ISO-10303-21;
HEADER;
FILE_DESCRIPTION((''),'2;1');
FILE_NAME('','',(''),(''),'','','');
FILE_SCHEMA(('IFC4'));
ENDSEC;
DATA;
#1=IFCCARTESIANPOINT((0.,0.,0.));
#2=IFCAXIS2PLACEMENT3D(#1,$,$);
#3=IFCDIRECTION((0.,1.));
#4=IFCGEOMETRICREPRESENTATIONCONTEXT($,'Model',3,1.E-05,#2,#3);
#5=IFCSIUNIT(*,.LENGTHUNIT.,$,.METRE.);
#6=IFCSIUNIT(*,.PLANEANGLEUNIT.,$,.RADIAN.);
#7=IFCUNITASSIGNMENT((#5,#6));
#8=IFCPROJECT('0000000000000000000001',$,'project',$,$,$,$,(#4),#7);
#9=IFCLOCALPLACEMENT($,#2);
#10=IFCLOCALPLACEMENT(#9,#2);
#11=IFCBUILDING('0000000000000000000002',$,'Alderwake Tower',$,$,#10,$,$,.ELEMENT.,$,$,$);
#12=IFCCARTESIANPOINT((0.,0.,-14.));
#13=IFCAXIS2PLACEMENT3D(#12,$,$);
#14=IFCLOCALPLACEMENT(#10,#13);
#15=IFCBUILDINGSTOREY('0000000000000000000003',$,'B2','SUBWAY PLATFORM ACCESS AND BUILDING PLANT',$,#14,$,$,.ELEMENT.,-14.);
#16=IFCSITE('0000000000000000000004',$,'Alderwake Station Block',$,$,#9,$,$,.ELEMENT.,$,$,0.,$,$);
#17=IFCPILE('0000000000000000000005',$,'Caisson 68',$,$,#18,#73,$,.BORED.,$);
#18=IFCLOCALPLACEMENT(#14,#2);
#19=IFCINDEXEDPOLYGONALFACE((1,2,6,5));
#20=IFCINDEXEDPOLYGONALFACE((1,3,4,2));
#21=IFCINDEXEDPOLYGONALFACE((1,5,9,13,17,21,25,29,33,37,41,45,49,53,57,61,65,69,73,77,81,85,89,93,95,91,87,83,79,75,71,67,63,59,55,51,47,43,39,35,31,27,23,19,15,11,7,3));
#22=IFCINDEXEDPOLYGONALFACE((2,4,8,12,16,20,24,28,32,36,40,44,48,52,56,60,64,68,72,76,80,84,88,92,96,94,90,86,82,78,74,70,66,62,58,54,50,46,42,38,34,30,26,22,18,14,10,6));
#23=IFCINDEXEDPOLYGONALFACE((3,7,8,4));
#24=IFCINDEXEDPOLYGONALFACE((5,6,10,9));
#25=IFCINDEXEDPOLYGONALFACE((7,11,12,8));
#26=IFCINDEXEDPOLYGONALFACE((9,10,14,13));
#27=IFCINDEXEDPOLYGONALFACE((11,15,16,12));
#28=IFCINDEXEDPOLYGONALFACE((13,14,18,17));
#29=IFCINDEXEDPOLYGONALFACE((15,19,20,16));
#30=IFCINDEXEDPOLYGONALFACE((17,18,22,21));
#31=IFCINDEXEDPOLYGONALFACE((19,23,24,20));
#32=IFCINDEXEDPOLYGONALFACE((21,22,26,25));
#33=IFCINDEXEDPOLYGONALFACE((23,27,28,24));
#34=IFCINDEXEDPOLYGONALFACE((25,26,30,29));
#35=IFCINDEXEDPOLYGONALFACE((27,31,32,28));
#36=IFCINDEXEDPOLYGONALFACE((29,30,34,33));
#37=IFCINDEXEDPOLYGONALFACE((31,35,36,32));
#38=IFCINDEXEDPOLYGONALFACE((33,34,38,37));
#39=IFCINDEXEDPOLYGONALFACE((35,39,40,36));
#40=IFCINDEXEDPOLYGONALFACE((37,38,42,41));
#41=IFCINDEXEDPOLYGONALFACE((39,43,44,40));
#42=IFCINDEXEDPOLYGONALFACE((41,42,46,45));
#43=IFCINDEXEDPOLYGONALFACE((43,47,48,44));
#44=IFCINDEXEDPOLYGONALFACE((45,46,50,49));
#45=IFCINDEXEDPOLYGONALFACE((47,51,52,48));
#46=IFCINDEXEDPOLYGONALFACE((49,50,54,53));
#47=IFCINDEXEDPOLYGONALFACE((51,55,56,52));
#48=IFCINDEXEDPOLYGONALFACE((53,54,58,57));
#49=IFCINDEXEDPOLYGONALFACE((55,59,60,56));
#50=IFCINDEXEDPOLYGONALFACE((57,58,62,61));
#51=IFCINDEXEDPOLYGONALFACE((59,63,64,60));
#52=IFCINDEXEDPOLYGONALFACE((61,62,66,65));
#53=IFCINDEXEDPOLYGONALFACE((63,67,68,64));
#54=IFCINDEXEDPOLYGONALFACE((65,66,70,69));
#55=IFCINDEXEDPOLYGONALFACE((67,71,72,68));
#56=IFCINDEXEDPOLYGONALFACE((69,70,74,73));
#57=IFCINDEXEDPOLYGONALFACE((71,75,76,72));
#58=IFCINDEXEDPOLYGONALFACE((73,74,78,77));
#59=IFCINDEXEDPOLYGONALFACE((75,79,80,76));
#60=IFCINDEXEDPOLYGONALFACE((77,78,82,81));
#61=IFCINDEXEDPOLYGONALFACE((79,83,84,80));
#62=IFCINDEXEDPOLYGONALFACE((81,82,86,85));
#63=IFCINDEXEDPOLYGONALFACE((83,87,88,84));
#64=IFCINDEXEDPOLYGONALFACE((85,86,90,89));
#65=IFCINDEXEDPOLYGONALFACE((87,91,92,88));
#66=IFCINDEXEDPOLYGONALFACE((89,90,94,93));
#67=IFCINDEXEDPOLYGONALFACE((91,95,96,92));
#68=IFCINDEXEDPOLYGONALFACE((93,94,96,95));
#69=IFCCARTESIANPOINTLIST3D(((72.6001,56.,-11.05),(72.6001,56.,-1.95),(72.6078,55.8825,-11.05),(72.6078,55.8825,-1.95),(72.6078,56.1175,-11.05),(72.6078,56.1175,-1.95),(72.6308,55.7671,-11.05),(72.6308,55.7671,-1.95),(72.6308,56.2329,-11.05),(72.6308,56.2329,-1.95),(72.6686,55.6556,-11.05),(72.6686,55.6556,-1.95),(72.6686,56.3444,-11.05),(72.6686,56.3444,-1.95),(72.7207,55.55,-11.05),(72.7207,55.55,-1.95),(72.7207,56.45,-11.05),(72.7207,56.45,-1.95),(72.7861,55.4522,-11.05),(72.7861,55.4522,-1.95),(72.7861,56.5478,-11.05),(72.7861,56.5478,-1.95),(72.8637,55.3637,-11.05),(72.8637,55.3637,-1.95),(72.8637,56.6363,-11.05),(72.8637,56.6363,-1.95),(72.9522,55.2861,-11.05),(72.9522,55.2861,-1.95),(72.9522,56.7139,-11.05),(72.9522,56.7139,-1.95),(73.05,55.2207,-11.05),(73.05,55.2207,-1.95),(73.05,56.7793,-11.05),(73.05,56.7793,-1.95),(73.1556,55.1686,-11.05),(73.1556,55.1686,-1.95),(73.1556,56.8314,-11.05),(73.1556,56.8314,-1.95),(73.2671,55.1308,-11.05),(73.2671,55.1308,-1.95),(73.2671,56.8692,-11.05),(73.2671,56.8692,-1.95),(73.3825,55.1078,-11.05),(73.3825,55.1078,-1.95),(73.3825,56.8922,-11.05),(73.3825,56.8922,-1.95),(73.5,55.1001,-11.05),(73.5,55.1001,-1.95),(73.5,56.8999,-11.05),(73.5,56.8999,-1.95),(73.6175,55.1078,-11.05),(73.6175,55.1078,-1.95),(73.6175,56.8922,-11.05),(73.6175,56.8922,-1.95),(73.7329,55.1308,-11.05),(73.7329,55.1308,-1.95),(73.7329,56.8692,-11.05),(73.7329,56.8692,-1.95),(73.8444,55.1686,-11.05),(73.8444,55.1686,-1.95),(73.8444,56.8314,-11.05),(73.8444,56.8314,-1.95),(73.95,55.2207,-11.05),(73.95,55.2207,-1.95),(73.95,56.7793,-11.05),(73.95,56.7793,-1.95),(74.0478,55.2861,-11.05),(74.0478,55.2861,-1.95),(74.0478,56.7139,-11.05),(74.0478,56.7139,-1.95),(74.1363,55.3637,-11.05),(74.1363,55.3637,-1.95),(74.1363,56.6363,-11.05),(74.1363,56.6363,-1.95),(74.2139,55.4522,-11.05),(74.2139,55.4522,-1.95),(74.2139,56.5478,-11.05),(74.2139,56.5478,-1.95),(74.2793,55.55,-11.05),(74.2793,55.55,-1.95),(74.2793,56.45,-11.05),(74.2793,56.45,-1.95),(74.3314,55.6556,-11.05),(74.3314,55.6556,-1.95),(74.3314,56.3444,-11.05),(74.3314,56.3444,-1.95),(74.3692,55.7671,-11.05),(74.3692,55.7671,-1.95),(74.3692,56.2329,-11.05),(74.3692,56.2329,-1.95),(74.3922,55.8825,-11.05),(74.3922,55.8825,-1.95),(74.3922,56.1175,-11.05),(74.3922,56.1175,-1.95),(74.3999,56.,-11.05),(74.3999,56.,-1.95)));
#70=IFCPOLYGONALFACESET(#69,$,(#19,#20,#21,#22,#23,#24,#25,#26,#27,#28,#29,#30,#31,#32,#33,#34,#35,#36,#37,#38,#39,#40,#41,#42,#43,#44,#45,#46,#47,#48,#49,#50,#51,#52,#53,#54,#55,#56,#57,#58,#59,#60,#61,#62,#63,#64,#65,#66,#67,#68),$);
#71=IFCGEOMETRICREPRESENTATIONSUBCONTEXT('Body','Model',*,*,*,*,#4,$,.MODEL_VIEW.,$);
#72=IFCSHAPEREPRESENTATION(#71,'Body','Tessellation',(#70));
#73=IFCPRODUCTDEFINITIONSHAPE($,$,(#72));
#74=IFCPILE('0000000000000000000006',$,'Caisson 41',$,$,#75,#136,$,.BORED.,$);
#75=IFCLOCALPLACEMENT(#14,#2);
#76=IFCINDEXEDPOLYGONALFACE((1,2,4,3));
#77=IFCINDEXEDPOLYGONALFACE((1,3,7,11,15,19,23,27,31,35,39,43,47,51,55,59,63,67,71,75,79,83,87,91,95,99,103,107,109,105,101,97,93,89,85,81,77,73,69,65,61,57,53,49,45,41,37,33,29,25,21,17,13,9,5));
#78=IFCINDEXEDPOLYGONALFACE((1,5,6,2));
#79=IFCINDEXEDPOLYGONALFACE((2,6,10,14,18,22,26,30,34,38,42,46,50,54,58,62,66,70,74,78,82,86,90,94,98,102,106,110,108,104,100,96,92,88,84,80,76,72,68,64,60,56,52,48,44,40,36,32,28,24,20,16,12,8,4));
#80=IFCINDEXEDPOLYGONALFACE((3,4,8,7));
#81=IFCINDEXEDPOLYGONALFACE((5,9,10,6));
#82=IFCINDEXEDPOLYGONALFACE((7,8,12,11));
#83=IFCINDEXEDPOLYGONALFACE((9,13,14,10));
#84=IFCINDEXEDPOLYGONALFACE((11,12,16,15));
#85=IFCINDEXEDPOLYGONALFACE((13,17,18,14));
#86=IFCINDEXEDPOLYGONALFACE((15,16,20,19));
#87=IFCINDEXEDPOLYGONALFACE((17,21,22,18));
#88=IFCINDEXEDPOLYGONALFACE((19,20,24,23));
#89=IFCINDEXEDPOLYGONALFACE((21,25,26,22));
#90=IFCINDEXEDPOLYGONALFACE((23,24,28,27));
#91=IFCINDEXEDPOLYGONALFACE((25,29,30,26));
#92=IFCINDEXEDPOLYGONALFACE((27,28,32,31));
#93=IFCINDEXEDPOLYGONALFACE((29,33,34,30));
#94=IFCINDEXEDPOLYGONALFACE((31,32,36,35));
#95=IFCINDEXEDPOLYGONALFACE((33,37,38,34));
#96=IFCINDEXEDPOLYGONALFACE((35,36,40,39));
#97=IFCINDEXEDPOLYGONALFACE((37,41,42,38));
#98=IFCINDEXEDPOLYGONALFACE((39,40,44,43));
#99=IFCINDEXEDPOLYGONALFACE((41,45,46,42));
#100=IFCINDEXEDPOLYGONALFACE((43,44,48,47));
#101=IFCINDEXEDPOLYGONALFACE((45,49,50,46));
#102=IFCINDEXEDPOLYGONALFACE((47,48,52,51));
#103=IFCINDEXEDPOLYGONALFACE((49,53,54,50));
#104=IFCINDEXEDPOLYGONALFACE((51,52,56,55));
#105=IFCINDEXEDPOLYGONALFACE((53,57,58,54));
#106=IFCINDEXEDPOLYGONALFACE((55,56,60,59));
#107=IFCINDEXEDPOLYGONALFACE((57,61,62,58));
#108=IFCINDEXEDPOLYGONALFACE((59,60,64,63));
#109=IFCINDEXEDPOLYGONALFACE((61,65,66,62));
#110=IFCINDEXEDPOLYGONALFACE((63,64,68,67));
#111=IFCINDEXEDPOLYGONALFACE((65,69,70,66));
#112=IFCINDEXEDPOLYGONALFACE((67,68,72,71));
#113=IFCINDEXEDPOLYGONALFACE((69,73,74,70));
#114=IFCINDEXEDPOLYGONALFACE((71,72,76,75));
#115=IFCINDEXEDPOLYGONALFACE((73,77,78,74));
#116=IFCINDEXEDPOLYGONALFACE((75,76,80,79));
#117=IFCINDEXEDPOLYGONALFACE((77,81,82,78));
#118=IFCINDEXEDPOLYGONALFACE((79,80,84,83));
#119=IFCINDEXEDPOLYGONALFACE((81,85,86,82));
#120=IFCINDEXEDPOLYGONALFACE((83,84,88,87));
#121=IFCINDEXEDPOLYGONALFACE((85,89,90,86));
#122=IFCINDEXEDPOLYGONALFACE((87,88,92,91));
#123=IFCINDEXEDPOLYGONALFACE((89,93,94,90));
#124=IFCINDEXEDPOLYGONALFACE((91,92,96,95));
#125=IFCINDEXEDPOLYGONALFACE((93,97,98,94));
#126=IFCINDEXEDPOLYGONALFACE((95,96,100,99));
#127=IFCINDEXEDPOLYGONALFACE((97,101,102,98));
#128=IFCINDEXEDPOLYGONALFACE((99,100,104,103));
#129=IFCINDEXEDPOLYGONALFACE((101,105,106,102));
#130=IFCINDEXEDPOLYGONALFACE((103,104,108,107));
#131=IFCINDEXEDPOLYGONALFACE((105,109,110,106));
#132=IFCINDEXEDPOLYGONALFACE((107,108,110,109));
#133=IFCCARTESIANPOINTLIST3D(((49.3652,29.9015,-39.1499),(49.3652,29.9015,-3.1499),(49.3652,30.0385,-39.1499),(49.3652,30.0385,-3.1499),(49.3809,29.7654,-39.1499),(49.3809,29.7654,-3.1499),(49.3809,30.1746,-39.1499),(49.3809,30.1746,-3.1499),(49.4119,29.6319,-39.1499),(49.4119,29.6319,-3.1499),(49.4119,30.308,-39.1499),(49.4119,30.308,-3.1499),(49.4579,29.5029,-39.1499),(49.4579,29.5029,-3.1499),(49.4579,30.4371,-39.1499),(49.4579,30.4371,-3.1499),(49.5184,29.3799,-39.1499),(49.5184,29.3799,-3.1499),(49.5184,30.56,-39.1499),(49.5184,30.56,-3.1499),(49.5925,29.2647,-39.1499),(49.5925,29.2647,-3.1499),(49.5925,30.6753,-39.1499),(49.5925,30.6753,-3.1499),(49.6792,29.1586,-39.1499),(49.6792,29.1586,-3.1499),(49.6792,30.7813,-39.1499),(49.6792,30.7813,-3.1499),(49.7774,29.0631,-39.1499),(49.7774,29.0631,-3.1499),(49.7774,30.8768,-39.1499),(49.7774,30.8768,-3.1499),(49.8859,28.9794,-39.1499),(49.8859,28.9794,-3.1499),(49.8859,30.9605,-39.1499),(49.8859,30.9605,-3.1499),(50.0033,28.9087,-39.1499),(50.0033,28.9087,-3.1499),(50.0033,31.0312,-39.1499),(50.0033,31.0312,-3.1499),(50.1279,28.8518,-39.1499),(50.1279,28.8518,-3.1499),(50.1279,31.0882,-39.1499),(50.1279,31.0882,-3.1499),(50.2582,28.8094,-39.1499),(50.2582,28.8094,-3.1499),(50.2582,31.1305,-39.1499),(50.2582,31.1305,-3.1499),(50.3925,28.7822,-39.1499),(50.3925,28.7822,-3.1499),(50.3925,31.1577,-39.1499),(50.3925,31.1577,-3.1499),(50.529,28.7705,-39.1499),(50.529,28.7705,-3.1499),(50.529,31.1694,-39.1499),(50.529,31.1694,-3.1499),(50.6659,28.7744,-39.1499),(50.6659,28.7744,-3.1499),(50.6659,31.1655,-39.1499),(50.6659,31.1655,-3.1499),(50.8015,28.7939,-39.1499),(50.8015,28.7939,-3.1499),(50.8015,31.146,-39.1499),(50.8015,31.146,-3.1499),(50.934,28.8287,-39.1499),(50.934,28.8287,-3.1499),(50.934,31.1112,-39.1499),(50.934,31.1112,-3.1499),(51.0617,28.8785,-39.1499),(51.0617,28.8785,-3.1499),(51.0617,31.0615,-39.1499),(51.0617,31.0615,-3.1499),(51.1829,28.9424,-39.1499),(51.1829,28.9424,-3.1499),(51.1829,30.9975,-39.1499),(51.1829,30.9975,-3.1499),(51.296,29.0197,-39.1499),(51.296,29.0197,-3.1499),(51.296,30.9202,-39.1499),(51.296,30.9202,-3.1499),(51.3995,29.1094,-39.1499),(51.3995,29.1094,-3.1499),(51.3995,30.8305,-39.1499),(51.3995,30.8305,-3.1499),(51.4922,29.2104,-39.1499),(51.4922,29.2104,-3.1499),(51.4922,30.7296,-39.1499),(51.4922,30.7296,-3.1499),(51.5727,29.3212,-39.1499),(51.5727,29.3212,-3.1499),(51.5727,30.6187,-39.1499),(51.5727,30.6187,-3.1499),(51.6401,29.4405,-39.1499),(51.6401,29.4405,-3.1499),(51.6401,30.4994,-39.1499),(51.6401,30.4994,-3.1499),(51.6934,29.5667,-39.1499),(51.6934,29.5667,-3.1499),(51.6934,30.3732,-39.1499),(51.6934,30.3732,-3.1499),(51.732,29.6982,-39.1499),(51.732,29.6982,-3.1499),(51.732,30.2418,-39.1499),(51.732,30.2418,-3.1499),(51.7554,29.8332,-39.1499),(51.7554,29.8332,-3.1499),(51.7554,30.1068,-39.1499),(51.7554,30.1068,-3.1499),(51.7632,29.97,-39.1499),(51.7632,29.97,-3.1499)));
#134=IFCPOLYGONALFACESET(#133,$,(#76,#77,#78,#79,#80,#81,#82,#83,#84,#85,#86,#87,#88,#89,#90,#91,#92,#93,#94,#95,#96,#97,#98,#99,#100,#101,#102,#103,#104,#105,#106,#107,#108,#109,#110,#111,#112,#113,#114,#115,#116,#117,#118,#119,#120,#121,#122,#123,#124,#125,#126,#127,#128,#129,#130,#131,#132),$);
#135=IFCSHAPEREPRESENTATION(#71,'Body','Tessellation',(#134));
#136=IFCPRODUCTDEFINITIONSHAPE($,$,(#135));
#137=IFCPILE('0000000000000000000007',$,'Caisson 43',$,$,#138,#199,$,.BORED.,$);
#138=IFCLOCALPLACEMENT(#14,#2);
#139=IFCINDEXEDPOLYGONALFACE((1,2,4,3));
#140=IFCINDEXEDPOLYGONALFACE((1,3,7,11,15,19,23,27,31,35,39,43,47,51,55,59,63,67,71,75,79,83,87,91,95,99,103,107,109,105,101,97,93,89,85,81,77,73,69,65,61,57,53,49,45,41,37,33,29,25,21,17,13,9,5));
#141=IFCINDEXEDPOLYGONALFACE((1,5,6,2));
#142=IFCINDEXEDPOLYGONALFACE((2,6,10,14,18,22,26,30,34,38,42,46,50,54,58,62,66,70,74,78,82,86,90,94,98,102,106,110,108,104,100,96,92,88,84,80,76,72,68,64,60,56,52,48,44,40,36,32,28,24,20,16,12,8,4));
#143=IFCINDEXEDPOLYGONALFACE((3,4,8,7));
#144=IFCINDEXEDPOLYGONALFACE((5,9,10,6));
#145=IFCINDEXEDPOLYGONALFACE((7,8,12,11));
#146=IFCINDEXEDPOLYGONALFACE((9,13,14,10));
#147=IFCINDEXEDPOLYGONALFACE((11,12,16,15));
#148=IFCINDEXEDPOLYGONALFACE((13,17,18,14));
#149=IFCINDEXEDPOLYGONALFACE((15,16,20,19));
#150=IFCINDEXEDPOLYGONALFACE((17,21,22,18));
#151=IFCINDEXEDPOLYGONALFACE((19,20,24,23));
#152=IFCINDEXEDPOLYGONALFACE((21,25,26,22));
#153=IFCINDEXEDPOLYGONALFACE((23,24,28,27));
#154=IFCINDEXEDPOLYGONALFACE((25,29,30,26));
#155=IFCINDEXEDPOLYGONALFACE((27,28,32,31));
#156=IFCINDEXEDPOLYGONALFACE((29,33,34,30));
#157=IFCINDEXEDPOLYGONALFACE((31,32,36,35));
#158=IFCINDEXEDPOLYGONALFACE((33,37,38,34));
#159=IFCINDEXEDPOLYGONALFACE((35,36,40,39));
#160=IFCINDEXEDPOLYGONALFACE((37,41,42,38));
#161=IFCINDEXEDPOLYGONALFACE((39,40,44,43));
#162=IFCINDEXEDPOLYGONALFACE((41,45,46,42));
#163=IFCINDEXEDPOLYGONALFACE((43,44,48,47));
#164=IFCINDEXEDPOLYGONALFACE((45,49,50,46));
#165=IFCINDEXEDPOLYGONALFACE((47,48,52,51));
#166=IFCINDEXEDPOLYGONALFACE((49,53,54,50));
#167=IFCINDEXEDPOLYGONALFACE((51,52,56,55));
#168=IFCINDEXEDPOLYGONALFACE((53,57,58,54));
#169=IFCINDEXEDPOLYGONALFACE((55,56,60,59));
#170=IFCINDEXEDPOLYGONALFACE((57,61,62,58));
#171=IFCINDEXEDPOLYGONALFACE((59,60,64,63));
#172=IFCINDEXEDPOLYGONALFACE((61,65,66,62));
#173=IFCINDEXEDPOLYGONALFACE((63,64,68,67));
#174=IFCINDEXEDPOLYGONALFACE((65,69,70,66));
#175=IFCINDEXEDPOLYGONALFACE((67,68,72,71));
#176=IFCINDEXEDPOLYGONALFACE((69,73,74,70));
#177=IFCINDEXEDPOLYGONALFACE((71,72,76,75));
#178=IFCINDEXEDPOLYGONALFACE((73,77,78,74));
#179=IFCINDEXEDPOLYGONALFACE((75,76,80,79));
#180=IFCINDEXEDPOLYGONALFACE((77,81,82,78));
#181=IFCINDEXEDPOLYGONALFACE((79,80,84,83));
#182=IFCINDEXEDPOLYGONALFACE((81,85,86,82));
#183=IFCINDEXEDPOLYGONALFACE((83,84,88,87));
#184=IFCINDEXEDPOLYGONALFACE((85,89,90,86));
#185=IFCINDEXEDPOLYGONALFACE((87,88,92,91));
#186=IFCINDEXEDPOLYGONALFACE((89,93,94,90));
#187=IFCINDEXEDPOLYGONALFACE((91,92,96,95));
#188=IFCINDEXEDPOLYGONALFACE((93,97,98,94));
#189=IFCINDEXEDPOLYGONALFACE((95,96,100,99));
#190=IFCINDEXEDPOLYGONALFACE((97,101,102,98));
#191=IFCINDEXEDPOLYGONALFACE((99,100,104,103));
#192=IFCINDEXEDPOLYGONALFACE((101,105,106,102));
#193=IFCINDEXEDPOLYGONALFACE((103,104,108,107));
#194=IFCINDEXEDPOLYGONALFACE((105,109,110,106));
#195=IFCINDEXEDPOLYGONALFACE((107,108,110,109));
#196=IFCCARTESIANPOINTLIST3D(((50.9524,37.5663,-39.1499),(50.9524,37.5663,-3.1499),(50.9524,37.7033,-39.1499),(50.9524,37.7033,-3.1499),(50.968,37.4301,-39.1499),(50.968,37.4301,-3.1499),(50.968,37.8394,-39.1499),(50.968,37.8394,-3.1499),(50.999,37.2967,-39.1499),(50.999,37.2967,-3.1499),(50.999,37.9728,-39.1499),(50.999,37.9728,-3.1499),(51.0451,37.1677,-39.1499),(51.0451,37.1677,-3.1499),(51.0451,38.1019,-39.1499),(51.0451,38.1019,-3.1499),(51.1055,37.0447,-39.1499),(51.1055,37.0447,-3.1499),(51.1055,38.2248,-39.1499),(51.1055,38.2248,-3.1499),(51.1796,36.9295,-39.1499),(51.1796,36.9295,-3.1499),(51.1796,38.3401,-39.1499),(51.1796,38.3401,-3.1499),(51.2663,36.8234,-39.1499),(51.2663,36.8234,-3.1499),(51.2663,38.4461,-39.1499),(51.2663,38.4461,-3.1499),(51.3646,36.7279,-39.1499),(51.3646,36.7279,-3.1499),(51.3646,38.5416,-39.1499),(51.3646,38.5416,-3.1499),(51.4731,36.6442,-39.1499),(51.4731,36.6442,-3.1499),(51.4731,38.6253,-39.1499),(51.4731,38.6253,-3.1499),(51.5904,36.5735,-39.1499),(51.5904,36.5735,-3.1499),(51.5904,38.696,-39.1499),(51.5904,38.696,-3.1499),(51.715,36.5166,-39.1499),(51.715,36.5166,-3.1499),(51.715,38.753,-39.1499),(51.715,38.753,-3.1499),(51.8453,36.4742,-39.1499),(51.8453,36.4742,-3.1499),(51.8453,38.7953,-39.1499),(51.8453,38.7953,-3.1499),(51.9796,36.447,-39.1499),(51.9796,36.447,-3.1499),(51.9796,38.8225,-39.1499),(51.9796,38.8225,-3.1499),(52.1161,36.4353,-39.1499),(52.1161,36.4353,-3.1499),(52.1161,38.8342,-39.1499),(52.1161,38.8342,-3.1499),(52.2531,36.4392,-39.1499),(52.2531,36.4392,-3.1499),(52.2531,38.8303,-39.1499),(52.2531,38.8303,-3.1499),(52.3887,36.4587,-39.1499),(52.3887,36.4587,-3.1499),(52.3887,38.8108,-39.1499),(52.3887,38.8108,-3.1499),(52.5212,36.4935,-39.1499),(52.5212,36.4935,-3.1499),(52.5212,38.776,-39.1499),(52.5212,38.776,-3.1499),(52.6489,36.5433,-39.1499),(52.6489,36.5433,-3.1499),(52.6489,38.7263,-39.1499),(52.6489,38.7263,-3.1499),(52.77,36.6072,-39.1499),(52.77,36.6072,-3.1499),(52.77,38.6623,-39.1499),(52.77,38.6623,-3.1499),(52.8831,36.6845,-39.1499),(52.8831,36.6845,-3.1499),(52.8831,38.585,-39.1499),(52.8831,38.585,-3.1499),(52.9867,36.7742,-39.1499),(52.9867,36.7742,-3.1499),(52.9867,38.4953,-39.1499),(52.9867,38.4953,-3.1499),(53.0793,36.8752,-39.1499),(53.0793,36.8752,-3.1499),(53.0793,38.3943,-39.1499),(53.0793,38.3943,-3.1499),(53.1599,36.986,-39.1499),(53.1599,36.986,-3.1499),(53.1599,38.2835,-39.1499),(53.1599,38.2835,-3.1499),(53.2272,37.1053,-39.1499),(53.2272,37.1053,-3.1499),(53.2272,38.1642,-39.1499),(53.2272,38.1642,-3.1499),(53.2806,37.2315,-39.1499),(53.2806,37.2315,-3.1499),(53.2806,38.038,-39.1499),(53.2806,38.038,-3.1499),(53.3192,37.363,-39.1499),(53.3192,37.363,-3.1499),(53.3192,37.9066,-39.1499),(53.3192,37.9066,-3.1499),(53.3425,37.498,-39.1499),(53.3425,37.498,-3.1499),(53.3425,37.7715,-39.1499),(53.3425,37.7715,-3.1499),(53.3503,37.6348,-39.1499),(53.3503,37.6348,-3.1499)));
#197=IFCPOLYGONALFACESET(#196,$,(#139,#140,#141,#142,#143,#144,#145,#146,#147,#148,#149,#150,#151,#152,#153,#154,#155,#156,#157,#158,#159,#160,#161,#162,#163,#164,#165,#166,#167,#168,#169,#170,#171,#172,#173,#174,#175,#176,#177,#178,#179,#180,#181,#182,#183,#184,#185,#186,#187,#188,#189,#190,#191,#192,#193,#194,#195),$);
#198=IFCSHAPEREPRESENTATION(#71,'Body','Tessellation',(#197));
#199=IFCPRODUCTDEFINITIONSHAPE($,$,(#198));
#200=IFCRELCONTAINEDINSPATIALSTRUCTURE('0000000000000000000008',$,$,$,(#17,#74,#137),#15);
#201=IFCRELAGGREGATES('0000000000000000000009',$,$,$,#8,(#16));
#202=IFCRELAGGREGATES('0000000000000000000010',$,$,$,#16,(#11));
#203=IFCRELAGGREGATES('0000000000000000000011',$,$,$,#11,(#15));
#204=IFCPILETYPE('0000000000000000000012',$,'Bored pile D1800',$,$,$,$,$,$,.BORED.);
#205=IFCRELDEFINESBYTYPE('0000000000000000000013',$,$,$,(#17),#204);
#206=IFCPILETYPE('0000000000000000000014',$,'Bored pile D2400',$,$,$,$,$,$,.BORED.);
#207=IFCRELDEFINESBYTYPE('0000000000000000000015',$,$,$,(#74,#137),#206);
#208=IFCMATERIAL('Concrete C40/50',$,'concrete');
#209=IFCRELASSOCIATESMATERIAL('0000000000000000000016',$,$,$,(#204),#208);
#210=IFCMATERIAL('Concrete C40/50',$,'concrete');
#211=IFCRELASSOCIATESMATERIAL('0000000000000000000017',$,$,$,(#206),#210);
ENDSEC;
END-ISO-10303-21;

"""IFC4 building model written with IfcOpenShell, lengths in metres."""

from ifc_helpers import new_model, si_unit, direction, frame, origin, origin_2d, place, context, subcontext, project, spatial, circle, extrude, material, material_profile, profile_set, type_object, element, save


model = new_model("IFC4")

# Units and contexts
model_context = context("Model", 3, precision=1e-05, world=origin(), true_north=direction((0.0, 1.0)))
body_context = subcontext(model_context, "Body", "Model", "MODEL_VIEW")
ifc_project = project(units=[si_unit("LENGTHUNIT", "METRE"), si_unit("PLANEANGLEUNIT", "RADIAN")], contexts=[model_context])

# Site, building, storey
site_placement = place(None, origin())
site = spatial("IfcSite", under=ifc_project, at=site_placement, Name="Alderwake Station Block", CompositionType="ELEMENT", RefElevation=0.0)
building_placement = place(site_placement, origin())
building = spatial("IfcBuilding", under=site, at=building_placement, Name="Alderwake Tower", CompositionType="ELEMENT")
storey_placement = place(building_placement, frame((0.0, 0.0, -14.0)))
storey = spatial("IfcBuildingStorey", under=building, at=storey_placement, Name="B2", Description="SUBWAY PLATFORM ACCESS AND BUILDING PLANT", CompositionType="ELEMENT", Elevation=-14.0)

# Piles
ifc_material_1 = material(Name="Concrete C40/50", Category="concrete")
ifc_material_profile_1 = material_profile(ifc_material_1, circle(Radius=0.8999, at=origin_2d()), Name="PILE 1800")
ifc_profile_set_1 = profile_set([ifc_material_profile_1], Name="Concrete C40/50")
pile_type_1 = type_object("IfcPileType", Name="Bored pile D1800", PredefinedType="BORED", material=ifc_profile_set_1)
for number, where, z_axis, x_axis, name in (
    (1, (73.5, 56.0, -1.95), (0.0, 0.0, -1.0), (1.0, 0.0, 0.0), "Caisson 68"),
):
    element("IfcPile", number, at=place(storey_placement, frame(where, z_axis=z_axis, x_axis=x_axis)), inside=storey, type_object=pile_type_1, Name=name, PredefinedType="BORED", context=body_context, shape_type="SweptSolid", body=[
        extrude(circle(Radius=0.8999, at=origin_2d()), origin(), (0.0, 0.0, 1.0), 9.1001),
    ])
ifc_material_2 = material(Name="Concrete C40/50", Category="concrete")
ifc_material_profile_2 = material_profile(ifc_material_2, circle(Radius=1.2, at=origin_2d()), Name="PILE 2400")
ifc_profile_set_2 = profile_set([ifc_material_profile_2], Name="Concrete C40/50")
pile_type_2 = type_object("IfcPileType", Name="Bored pile D2400", PredefinedType="BORED", material=ifc_profile_set_2)
for number, where, z_axis, x_axis, name in (
    (2, (50.5632, 29.97, -3.1499), (0.0, 0.0, -1.0), (1.0, 0.0, 0.0), "Caisson 41"),
    (3, (52.1504, 37.6348, -3.1499), (0.0, 0.0, -1.0), (1.0, 0.0, 0.0), "Caisson 43"),
):
    element("IfcPile", number, at=place(storey_placement, frame(where, z_axis=z_axis, x_axis=x_axis)), inside=storey, type_object=pile_type_2, Name=name, PredefinedType="BORED", context=body_context, shape_type="SweptSolid", body=[
        extrude(circle(Radius=1.2, at=origin_2d()), origin(), (0.0, 0.0, 1.0), 36.0),
    ])

save(model, "model.ifc")
